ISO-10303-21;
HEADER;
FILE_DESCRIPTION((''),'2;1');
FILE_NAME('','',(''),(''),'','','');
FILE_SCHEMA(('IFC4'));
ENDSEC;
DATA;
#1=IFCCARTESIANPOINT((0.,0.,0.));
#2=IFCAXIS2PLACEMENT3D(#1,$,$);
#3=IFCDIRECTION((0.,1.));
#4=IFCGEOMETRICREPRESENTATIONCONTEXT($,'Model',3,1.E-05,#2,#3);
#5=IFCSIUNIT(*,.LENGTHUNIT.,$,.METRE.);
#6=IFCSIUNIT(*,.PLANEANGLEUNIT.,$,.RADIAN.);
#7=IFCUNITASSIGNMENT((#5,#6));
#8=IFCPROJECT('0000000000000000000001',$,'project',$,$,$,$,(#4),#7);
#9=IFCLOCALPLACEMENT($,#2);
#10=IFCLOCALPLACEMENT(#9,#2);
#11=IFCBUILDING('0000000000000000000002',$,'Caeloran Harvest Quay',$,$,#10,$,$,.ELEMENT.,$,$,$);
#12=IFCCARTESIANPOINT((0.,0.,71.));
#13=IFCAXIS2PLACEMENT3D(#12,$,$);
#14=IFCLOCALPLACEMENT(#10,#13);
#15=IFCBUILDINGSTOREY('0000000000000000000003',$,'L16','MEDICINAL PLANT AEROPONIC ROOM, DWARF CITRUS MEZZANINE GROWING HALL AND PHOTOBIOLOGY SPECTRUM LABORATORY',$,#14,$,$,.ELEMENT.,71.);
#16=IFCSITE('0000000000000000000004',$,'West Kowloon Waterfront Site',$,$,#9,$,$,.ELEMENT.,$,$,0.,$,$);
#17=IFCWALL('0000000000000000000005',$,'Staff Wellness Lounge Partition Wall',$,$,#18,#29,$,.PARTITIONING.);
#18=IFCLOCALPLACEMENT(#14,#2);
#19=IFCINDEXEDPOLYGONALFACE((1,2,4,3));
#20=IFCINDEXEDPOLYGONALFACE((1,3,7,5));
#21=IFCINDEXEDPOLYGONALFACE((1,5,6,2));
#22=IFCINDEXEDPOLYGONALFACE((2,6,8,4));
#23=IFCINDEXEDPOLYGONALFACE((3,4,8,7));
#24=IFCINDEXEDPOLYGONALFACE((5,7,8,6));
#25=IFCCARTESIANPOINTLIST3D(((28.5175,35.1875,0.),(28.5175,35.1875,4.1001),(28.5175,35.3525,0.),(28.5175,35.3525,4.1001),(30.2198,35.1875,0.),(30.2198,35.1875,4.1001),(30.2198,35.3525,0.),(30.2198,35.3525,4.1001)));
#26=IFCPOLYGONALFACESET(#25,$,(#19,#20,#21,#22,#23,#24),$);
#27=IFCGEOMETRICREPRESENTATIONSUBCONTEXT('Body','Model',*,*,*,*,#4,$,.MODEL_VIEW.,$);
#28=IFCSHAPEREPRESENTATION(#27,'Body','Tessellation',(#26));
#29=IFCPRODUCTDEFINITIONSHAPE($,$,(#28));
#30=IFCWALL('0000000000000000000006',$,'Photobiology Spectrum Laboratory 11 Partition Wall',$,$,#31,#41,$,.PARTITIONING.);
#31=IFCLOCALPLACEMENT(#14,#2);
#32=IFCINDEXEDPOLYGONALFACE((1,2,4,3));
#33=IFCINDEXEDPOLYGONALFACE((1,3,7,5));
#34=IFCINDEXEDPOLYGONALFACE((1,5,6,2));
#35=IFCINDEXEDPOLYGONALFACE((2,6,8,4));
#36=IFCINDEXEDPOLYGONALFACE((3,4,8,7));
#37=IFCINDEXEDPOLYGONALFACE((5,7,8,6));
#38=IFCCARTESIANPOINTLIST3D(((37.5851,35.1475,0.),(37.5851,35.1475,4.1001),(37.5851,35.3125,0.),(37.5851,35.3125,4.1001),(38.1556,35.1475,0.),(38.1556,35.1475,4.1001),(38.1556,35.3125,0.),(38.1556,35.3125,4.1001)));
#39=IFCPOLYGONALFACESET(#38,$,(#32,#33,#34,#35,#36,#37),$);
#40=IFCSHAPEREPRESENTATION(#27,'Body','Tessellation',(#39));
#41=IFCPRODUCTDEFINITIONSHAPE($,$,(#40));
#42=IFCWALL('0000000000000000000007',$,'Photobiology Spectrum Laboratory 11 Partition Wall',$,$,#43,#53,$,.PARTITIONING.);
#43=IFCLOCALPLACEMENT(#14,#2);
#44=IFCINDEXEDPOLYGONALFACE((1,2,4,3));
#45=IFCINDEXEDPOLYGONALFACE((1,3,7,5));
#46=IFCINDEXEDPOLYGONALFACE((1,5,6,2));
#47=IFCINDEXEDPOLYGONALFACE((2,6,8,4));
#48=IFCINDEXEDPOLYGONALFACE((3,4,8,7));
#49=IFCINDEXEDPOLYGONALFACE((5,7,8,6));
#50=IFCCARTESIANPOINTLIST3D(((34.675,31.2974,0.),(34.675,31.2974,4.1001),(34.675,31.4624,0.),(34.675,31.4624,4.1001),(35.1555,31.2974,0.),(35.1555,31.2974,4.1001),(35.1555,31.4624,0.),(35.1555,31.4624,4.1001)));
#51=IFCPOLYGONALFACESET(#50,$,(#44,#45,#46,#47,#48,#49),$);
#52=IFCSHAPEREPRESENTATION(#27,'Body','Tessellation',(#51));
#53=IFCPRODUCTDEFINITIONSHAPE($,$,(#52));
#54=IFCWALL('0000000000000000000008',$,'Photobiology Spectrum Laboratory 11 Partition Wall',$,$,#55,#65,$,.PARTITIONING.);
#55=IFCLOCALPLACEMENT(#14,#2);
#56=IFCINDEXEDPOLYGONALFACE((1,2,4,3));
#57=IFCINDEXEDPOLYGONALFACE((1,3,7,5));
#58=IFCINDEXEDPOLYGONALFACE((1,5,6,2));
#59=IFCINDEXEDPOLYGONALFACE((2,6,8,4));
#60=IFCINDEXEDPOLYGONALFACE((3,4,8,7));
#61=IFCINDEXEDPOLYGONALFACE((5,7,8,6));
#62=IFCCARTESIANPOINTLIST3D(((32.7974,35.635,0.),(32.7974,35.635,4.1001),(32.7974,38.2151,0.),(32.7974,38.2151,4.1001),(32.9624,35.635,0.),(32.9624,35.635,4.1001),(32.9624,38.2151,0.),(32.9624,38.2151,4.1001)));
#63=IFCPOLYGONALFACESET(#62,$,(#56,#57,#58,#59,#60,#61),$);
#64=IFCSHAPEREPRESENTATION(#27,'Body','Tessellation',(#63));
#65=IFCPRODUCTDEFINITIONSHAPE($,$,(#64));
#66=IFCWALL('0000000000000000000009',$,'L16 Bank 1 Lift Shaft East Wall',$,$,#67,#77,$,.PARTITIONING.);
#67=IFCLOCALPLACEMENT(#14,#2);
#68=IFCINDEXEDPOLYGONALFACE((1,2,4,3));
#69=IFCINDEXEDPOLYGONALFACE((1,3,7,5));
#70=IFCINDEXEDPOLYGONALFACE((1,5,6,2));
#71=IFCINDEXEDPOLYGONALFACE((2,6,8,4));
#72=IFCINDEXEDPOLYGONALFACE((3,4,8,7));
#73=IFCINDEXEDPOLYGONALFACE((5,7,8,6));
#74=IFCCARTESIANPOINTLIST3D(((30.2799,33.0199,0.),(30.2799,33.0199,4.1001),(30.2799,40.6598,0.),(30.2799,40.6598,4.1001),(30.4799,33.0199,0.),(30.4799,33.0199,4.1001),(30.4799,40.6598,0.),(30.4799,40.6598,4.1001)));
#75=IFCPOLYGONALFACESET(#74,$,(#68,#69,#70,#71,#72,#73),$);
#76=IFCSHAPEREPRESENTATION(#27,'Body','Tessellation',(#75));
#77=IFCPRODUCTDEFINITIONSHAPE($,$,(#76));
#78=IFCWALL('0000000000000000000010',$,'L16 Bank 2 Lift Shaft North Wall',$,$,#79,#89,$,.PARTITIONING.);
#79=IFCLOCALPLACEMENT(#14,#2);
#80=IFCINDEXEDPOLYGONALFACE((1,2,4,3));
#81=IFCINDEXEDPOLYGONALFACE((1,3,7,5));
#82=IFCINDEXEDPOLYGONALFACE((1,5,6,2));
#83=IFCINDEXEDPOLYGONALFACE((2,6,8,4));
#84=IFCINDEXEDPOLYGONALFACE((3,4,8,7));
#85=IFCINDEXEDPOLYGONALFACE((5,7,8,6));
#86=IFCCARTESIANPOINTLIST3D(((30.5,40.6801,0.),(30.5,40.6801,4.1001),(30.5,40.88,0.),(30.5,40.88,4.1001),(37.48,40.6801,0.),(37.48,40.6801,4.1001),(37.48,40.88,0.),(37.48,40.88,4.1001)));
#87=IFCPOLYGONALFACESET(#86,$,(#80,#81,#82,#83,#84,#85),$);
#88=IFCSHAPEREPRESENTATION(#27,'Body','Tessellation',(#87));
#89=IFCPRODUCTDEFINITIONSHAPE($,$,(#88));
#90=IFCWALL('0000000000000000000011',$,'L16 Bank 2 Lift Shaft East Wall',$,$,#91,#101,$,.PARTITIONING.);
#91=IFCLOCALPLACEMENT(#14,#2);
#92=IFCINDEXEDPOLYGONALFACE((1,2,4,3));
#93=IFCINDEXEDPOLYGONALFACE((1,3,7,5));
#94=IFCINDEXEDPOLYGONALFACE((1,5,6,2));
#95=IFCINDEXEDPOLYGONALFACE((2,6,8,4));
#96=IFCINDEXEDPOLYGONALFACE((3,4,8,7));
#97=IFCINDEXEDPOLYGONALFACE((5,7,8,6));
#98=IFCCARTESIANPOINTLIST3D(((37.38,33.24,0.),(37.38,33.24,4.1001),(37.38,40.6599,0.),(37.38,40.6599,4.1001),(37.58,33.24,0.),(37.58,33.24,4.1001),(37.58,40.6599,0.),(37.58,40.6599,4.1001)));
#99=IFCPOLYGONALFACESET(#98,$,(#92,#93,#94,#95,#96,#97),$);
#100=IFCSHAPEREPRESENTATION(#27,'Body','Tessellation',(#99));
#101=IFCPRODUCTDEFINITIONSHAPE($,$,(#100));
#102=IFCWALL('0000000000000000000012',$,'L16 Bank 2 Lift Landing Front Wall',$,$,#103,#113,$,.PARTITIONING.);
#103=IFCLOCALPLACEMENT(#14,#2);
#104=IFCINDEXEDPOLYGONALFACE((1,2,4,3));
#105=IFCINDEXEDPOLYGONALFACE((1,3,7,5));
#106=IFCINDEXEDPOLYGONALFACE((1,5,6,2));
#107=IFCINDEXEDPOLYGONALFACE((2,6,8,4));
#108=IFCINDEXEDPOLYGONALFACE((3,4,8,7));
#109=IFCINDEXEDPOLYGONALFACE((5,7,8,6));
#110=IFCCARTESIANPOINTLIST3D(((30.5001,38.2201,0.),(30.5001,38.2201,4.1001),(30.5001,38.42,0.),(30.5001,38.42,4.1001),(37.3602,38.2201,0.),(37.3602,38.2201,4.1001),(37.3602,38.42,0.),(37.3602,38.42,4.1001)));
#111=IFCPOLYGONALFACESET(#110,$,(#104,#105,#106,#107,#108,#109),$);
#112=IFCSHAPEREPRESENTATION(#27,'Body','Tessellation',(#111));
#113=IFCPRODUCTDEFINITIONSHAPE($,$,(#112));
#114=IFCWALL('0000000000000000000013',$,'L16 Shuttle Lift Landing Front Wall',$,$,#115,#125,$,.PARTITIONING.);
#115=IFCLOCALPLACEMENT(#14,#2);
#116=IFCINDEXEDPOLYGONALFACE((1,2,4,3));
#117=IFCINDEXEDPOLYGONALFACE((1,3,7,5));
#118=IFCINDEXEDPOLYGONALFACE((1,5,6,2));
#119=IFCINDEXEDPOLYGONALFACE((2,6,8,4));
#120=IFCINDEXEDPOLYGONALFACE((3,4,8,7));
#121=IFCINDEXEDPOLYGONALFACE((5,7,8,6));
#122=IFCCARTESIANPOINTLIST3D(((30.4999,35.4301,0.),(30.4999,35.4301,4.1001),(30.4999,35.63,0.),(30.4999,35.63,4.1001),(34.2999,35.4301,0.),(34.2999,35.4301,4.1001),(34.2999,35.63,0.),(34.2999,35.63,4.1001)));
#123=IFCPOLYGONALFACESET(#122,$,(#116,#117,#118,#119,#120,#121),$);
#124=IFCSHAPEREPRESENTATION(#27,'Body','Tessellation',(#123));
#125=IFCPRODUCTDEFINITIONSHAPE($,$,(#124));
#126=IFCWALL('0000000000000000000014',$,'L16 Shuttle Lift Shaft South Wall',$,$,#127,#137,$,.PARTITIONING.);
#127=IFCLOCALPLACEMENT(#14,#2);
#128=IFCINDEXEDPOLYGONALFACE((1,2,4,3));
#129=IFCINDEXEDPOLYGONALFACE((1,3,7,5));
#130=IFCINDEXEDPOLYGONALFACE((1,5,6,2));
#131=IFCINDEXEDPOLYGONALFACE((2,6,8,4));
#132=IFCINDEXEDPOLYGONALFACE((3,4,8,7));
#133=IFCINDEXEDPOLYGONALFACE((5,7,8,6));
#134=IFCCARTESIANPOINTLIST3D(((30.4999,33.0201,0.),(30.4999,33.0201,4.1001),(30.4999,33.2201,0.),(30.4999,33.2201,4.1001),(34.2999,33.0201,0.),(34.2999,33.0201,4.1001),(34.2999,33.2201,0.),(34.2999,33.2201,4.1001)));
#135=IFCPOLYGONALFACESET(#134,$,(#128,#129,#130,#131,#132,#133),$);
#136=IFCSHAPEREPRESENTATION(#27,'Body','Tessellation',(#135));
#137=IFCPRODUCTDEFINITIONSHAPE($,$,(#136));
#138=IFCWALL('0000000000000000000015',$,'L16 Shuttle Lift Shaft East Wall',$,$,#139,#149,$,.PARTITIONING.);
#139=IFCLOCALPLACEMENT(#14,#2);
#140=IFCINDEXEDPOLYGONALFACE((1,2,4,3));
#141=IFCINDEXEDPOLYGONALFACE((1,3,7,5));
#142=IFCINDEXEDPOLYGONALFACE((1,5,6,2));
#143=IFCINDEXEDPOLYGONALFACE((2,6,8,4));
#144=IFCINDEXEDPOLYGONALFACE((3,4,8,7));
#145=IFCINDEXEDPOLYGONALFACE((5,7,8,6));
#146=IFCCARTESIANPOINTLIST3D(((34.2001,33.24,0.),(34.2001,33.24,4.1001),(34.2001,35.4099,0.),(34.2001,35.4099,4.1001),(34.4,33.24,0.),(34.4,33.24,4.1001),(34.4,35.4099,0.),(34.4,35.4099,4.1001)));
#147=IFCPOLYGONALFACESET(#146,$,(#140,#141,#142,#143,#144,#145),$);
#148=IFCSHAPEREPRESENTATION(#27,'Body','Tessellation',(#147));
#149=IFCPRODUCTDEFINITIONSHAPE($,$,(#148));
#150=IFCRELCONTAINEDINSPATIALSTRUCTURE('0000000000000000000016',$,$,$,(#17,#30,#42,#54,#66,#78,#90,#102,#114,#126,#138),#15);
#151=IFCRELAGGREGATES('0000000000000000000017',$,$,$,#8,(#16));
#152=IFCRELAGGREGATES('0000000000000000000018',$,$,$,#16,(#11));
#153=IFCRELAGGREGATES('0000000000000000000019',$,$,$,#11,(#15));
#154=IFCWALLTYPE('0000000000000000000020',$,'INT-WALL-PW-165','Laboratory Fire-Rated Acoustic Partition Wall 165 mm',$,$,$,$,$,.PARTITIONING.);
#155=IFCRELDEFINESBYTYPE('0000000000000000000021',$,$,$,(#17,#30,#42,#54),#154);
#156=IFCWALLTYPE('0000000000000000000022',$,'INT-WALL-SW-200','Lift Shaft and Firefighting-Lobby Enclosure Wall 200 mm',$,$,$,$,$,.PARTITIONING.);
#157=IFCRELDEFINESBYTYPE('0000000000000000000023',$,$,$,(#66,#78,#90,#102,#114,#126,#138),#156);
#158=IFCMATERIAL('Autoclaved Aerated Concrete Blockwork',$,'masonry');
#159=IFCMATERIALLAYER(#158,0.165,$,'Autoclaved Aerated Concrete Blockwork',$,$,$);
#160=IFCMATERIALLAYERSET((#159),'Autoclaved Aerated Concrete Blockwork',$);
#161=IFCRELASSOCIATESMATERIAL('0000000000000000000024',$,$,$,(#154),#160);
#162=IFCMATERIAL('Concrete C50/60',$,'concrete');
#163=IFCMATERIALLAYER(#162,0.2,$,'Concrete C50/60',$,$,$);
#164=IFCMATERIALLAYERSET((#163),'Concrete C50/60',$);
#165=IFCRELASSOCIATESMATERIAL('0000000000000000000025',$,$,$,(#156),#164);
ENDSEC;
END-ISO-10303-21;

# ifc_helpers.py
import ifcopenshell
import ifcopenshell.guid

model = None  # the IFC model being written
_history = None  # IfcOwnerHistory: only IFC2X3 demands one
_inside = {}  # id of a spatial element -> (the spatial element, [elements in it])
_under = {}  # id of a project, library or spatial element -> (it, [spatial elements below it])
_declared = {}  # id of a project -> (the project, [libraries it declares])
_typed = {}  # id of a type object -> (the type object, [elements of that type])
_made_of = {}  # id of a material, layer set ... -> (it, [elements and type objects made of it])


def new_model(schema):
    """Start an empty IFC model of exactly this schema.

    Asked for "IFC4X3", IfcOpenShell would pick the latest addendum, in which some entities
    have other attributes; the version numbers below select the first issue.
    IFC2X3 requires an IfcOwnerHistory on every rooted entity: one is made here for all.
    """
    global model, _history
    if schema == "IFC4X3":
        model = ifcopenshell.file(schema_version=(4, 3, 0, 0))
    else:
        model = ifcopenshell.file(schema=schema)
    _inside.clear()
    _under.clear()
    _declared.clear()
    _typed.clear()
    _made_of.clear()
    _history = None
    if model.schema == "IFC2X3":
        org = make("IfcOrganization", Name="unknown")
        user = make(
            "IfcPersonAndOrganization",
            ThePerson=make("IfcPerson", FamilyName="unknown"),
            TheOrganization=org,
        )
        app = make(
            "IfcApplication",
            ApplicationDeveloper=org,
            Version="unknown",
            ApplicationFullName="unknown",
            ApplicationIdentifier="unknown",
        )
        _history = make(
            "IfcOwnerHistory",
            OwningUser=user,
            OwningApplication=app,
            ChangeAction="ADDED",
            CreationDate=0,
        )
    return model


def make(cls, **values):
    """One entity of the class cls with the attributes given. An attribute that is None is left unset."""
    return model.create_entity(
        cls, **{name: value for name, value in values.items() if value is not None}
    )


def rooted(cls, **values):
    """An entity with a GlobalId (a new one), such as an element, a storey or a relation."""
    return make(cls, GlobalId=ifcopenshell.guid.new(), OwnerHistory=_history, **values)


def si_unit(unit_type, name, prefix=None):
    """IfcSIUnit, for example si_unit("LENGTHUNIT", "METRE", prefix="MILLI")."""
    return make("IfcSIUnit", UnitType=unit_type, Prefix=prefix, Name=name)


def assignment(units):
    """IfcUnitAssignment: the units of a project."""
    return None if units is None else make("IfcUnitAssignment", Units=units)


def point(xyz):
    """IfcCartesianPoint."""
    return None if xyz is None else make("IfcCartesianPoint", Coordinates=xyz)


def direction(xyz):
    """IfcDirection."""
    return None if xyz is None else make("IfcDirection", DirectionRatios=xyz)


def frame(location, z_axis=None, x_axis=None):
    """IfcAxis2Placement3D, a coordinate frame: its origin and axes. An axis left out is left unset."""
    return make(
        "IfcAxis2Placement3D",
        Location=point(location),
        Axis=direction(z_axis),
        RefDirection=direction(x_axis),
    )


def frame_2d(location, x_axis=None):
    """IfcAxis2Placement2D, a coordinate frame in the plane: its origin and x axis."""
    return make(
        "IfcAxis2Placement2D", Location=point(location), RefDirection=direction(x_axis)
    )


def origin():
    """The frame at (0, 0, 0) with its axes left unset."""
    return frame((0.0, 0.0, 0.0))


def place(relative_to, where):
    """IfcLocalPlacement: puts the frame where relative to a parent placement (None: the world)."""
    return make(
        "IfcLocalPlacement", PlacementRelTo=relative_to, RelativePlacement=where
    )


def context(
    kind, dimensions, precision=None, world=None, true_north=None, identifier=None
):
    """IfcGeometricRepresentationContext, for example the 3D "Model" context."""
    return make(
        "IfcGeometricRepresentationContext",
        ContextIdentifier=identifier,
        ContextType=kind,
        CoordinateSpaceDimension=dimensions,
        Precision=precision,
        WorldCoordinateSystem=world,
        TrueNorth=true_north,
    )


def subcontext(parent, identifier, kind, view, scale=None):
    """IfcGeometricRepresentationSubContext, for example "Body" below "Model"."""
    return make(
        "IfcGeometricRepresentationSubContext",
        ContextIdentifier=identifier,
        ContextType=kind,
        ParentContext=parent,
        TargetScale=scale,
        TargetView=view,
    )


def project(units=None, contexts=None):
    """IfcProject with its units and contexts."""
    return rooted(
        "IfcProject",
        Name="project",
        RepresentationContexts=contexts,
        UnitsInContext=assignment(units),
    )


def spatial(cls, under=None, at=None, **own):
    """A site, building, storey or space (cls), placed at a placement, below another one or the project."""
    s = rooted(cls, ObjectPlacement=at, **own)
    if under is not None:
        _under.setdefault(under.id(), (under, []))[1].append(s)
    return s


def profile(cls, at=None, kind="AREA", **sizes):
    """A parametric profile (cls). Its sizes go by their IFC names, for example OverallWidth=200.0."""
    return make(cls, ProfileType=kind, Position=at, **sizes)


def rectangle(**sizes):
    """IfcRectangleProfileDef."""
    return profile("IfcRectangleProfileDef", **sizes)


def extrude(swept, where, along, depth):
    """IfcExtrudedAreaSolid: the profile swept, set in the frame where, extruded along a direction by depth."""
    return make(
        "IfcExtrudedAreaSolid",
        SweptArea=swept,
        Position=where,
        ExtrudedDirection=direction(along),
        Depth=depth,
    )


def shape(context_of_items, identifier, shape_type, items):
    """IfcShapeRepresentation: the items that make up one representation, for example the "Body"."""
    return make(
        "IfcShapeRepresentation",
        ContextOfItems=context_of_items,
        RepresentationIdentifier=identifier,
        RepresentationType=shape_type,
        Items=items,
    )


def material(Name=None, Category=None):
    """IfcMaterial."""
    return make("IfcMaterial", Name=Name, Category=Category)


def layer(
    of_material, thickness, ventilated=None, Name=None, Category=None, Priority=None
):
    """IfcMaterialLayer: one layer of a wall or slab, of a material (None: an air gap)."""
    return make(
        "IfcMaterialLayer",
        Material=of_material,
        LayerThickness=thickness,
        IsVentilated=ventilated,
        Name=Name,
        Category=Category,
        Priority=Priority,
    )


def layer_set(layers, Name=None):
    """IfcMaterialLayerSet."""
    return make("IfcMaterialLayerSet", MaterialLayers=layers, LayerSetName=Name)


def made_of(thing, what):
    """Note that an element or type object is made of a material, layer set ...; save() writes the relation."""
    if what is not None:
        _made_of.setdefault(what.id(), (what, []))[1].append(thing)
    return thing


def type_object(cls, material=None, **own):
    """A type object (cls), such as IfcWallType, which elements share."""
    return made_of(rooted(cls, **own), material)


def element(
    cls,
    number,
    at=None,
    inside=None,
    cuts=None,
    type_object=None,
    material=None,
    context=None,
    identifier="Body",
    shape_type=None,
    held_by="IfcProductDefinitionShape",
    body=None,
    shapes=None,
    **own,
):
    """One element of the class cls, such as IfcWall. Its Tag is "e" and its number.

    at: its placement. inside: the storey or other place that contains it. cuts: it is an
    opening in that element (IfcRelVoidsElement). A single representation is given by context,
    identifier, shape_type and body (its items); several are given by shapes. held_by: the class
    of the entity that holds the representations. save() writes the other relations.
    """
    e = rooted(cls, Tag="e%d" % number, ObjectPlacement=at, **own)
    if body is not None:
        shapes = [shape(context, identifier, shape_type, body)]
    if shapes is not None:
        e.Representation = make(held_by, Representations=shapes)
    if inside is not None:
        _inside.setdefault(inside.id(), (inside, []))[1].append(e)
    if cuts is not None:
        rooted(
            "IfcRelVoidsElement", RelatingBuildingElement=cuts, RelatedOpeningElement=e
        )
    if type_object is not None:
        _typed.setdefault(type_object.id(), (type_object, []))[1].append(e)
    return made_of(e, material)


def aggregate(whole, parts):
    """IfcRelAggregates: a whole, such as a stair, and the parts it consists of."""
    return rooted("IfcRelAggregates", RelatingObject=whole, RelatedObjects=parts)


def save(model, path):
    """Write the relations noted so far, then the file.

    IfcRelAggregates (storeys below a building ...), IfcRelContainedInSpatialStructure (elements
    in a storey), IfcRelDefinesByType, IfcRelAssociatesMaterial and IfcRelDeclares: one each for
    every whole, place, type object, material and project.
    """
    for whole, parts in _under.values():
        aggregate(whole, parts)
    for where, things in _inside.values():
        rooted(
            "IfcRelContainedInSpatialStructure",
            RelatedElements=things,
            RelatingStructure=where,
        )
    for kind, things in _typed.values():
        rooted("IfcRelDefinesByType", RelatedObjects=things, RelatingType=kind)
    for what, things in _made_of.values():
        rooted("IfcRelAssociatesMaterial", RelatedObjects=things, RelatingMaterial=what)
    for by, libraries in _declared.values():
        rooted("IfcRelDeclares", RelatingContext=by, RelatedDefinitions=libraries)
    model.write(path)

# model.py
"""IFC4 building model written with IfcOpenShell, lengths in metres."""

from ifc_helpers import new_model, si_unit, direction, frame, frame_2d, origin, place, context, subcontext, project, spatial, rectangle, extrude, material, layer, layer_set, type_object, element, save


model = new_model("IFC4")

# Units and contexts
model_context = context("Model", 3, precision=1e-05, world=origin(), true_north=direction((0.0, 1.0)))
body_context = subcontext(model_context, "Body", "Model", "MODEL_VIEW")
ifc_project = project(units=[si_unit("LENGTHUNIT", "METRE"), si_unit("PLANEANGLEUNIT", "RADIAN")], contexts=[model_context])

# Site, building, storey
site_placement = place(None, origin())
site = spatial("IfcSite", under=ifc_project, at=site_placement, Name="West Kowloon Waterfront Site", CompositionType="ELEMENT", RefElevation=0.0)
building_placement = place(site_placement, origin())
building = spatial("IfcBuilding", under=site, at=building_placement, Name="Caeloran Harvest Quay", CompositionType="ELEMENT")
storey_placement = place(building_placement, frame((0.0, 0.0, 71.0)))
storey = spatial("IfcBuildingStorey", under=building, at=storey_placement, Name="L16", Description="MEDICINAL PLANT AEROPONIC ROOM, DWARF CITRUS MEZZANINE GROWING HALL AND PHOTOBIOLOGY SPECTRUM LABORATORY", CompositionType="ELEMENT", Elevation=71.0)

# Shared definitions
ifc_material_1 = material(Name="Autoclaved Aerated Concrete Blockwork", Category="masonry")
ifc_layer_1 = layer(ifc_material_1, 0.165, Name="Autoclaved Aerated Concrete Blockwork")
ifc_layer_set_1 = layer_set([ifc_layer_1], Name="Autoclaved Aerated Concrete Blockwork")
wall_type_1 = type_object("IfcWallType", Name="INT-WALL-PW-165", Description="Laboratory Fire-Rated Acoustic Partition Wall 165 mm", PredefinedType="PARTITIONING", material=ifc_layer_set_1)

# Wall
wall_1_placement = place(storey_placement, frame((28.5176, 35.27, 0.0), z_axis=(0.0, 0.0, 1.0), x_axis=(1.0, 0.0, 0.0)))
element("IfcWall", 1, at=wall_1_placement, inside=storey, type_object=wall_type_1, Name="Staff Wellness Lounge Partition Wall", PredefinedType="PARTITIONING", context=body_context, shape_type="SweptSolid", body=[
    extrude(rectangle(XDim=1.7024, YDim=0.165, at=frame_2d((0.8511, 0.0))), origin(), (0.0, 0.0, 1.0), 4.1001),
])

# Walls
wall_2_placement = place(storey_placement, frame((38.1555, 35.23, 0.0), z_axis=(0.0, 0.0, 1.0), x_axis=(-1.0, 0.0, 0.0)))
element("IfcWall", 2, at=wall_2_placement, inside=storey, type_object=wall_type_1, Name="Photobiology Spectrum Laboratory 11 Partition Wall", PredefinedType="PARTITIONING", context=body_context, shape_type="SweptSolid", body=[
    extrude(rectangle(XDim=0.5706, YDim=0.165, at=frame_2d((0.2852, 0.0))), origin(), (0.0, 0.0, 1.0), 4.1001),
])
wall_3_placement = place(storey_placement, frame((35.1555, 31.3799, 0.0), z_axis=(0.0, 0.0, 1.0), x_axis=(-1.0, 0.0, 0.0)))
element("IfcWall", 3, at=wall_3_placement, inside=storey, type_object=wall_type_1, Name="Photobiology Spectrum Laboratory 11 Partition Wall", PredefinedType="PARTITIONING", context=body_context, shape_type="SweptSolid", body=[
    extrude(rectangle(XDim=0.4805, YDim=0.165, at=frame_2d((0.2402, 0.0))), origin(), (0.0, 0.0, 1.0), 4.1001),
])
wall_4_placement = place(storey_placement, frame((32.8799, 35.635, 0.0), z_axis=(0.0, 0.0, 1.0), x_axis=(0.0, 1.0, 0.0)))
element("IfcWall", 4, at=wall_4_placement, inside=storey, type_object=wall_type_1, Name="Photobiology Spectrum Laboratory 11 Partition Wall", PredefinedType="PARTITIONING", context=body_context, shape_type="SweptSolid", body=[
    extrude(rectangle(XDim=2.5801, YDim=0.165, at=frame_2d((1.29, 0.0))), origin(), (0.0, 0.0, 1.0), 4.1001),
])
ifc_material_2 = material(Name="Concrete C50/60", Category="concrete")
ifc_layer_2 = layer(ifc_material_2, 0.2, Name="Concrete C50/60")
ifc_layer_set_2 = layer_set([ifc_layer_2], Name="Concrete C50/60")
wall_type_2 = type_object("IfcWallType", Name="INT-WALL-SW-200", Description="Lift Shaft and Firefighting-Lobby Enclosure Wall 200 mm", PredefinedType="PARTITIONING", material=ifc_layer_set_2)
wall_5_placement = place(storey_placement, frame((30.3799, 33.02, 0.0), z_axis=(0.0, 0.0, 1.0), x_axis=(0.0, 1.0, 0.0)))
element("IfcWall", 5, at=wall_5_placement, inside=storey, type_object=wall_type_2, Name="L16 Bank 1 Lift Shaft East Wall", PredefinedType="PARTITIONING", context=body_context, shape_type="SweptSolid", body=[
    extrude(rectangle(XDim=7.6399, YDim=0.2, at=frame_2d((3.8198, 0.0))), origin(), (0.0, 0.0, 1.0), 4.1001),
])
wall_6_placement = place(storey_placement, frame((30.5, 40.78, 0.0), z_axis=(0.0, 0.0, 1.0), x_axis=(1.0, 0.0, 0.0)))
element("IfcWall", 6, at=wall_6_placement, inside=storey, type_object=wall_type_2, Name="L16 Bank 2 Lift Shaft North Wall", PredefinedType="PARTITIONING", context=body_context, shape_type="SweptSolid", body=[
    extrude(rectangle(XDim=6.98, YDim=0.2, at=frame_2d((3.49, 0.0))), origin(), (0.0, 0.0, 1.0), 4.1001),
])
wall_7_placement = place(storey_placement, frame((37.48, 33.24, 0.0), z_axis=(0.0, 0.0, 1.0), x_axis=(0.0, 1.0, 0.0)))
element("IfcWall", 7, at=wall_7_placement, inside=storey, type_object=wall_type_2, Name="L16 Bank 2 Lift Shaft East Wall", PredefinedType="PARTITIONING", context=body_context, shape_type="SweptSolid", body=[
    extrude(rectangle(XDim=7.4199, YDim=0.2, at=frame_2d((3.71, 0.0))), origin(), (0.0, 0.0, 1.0), 4.1001),
])
wall_8_placement = place(storey_placement, frame((30.5, 38.3201, 0.0), z_axis=(0.0, 0.0, 1.0), x_axis=(1.0, 0.0, 0.0)))
element("IfcWall", 8, at=wall_8_placement, inside=storey, type_object=wall_type_2, Name="L16 Bank 2 Lift Landing Front Wall", PredefinedType="PARTITIONING", context=body_context, shape_type="SweptSolid", body=[
    extrude(rectangle(XDim=6.8601, YDim=0.2, at=frame_2d((3.4302, 0.0))), origin(), (0.0, 0.0, 1.0), 4.1001),
])
for number, where, z_axis, x_axis, name in (
    (9, (30.5, 35.53, 0.0), (0.0, 0.0, 1.0), (1.0, 0.0, 0.0), "L16 Shuttle Lift Landing Front Wall"),
    (10, (30.5, 33.1201, 0.0), (0.0, 0.0, 1.0), (1.0, 0.0, 0.0), "L16 Shuttle Lift Shaft South Wall"),
):
    element("IfcWall", number, at=place(storey_placement, frame(where, z_axis=z_axis, x_axis=x_axis)), inside=storey, type_object=wall_type_2, Name=name, PredefinedType="PARTITIONING", context=body_context, shape_type="SweptSolid", body=[
        extrude(rectangle(XDim=3.8, YDim=0.2, at=frame_2d((1.8999, 0.0))), origin(), (0.0, 0.0, 1.0), 4.1001),
    ])
wall_9_placement = place(storey_placement, frame((34.3, 33.24, 0.0), z_axis=(0.0, 0.0, 1.0), x_axis=(0.0, 1.0, 0.0)))
element("IfcWall", 11, at=wall_9_placement, inside=storey, type_object=wall_type_2, Name="L16 Shuttle Lift Shaft East Wall", PredefinedType="PARTITIONING", context=body_context, shape_type="SweptSolid", body=[
    extrude(rectangle(XDim=2.1699, YDim=0.2, at=frame_2d((1.085, 0.0))), origin(), (0.0, 0.0, 1.0), 4.1001),
])

save(model, "model.ifc")
